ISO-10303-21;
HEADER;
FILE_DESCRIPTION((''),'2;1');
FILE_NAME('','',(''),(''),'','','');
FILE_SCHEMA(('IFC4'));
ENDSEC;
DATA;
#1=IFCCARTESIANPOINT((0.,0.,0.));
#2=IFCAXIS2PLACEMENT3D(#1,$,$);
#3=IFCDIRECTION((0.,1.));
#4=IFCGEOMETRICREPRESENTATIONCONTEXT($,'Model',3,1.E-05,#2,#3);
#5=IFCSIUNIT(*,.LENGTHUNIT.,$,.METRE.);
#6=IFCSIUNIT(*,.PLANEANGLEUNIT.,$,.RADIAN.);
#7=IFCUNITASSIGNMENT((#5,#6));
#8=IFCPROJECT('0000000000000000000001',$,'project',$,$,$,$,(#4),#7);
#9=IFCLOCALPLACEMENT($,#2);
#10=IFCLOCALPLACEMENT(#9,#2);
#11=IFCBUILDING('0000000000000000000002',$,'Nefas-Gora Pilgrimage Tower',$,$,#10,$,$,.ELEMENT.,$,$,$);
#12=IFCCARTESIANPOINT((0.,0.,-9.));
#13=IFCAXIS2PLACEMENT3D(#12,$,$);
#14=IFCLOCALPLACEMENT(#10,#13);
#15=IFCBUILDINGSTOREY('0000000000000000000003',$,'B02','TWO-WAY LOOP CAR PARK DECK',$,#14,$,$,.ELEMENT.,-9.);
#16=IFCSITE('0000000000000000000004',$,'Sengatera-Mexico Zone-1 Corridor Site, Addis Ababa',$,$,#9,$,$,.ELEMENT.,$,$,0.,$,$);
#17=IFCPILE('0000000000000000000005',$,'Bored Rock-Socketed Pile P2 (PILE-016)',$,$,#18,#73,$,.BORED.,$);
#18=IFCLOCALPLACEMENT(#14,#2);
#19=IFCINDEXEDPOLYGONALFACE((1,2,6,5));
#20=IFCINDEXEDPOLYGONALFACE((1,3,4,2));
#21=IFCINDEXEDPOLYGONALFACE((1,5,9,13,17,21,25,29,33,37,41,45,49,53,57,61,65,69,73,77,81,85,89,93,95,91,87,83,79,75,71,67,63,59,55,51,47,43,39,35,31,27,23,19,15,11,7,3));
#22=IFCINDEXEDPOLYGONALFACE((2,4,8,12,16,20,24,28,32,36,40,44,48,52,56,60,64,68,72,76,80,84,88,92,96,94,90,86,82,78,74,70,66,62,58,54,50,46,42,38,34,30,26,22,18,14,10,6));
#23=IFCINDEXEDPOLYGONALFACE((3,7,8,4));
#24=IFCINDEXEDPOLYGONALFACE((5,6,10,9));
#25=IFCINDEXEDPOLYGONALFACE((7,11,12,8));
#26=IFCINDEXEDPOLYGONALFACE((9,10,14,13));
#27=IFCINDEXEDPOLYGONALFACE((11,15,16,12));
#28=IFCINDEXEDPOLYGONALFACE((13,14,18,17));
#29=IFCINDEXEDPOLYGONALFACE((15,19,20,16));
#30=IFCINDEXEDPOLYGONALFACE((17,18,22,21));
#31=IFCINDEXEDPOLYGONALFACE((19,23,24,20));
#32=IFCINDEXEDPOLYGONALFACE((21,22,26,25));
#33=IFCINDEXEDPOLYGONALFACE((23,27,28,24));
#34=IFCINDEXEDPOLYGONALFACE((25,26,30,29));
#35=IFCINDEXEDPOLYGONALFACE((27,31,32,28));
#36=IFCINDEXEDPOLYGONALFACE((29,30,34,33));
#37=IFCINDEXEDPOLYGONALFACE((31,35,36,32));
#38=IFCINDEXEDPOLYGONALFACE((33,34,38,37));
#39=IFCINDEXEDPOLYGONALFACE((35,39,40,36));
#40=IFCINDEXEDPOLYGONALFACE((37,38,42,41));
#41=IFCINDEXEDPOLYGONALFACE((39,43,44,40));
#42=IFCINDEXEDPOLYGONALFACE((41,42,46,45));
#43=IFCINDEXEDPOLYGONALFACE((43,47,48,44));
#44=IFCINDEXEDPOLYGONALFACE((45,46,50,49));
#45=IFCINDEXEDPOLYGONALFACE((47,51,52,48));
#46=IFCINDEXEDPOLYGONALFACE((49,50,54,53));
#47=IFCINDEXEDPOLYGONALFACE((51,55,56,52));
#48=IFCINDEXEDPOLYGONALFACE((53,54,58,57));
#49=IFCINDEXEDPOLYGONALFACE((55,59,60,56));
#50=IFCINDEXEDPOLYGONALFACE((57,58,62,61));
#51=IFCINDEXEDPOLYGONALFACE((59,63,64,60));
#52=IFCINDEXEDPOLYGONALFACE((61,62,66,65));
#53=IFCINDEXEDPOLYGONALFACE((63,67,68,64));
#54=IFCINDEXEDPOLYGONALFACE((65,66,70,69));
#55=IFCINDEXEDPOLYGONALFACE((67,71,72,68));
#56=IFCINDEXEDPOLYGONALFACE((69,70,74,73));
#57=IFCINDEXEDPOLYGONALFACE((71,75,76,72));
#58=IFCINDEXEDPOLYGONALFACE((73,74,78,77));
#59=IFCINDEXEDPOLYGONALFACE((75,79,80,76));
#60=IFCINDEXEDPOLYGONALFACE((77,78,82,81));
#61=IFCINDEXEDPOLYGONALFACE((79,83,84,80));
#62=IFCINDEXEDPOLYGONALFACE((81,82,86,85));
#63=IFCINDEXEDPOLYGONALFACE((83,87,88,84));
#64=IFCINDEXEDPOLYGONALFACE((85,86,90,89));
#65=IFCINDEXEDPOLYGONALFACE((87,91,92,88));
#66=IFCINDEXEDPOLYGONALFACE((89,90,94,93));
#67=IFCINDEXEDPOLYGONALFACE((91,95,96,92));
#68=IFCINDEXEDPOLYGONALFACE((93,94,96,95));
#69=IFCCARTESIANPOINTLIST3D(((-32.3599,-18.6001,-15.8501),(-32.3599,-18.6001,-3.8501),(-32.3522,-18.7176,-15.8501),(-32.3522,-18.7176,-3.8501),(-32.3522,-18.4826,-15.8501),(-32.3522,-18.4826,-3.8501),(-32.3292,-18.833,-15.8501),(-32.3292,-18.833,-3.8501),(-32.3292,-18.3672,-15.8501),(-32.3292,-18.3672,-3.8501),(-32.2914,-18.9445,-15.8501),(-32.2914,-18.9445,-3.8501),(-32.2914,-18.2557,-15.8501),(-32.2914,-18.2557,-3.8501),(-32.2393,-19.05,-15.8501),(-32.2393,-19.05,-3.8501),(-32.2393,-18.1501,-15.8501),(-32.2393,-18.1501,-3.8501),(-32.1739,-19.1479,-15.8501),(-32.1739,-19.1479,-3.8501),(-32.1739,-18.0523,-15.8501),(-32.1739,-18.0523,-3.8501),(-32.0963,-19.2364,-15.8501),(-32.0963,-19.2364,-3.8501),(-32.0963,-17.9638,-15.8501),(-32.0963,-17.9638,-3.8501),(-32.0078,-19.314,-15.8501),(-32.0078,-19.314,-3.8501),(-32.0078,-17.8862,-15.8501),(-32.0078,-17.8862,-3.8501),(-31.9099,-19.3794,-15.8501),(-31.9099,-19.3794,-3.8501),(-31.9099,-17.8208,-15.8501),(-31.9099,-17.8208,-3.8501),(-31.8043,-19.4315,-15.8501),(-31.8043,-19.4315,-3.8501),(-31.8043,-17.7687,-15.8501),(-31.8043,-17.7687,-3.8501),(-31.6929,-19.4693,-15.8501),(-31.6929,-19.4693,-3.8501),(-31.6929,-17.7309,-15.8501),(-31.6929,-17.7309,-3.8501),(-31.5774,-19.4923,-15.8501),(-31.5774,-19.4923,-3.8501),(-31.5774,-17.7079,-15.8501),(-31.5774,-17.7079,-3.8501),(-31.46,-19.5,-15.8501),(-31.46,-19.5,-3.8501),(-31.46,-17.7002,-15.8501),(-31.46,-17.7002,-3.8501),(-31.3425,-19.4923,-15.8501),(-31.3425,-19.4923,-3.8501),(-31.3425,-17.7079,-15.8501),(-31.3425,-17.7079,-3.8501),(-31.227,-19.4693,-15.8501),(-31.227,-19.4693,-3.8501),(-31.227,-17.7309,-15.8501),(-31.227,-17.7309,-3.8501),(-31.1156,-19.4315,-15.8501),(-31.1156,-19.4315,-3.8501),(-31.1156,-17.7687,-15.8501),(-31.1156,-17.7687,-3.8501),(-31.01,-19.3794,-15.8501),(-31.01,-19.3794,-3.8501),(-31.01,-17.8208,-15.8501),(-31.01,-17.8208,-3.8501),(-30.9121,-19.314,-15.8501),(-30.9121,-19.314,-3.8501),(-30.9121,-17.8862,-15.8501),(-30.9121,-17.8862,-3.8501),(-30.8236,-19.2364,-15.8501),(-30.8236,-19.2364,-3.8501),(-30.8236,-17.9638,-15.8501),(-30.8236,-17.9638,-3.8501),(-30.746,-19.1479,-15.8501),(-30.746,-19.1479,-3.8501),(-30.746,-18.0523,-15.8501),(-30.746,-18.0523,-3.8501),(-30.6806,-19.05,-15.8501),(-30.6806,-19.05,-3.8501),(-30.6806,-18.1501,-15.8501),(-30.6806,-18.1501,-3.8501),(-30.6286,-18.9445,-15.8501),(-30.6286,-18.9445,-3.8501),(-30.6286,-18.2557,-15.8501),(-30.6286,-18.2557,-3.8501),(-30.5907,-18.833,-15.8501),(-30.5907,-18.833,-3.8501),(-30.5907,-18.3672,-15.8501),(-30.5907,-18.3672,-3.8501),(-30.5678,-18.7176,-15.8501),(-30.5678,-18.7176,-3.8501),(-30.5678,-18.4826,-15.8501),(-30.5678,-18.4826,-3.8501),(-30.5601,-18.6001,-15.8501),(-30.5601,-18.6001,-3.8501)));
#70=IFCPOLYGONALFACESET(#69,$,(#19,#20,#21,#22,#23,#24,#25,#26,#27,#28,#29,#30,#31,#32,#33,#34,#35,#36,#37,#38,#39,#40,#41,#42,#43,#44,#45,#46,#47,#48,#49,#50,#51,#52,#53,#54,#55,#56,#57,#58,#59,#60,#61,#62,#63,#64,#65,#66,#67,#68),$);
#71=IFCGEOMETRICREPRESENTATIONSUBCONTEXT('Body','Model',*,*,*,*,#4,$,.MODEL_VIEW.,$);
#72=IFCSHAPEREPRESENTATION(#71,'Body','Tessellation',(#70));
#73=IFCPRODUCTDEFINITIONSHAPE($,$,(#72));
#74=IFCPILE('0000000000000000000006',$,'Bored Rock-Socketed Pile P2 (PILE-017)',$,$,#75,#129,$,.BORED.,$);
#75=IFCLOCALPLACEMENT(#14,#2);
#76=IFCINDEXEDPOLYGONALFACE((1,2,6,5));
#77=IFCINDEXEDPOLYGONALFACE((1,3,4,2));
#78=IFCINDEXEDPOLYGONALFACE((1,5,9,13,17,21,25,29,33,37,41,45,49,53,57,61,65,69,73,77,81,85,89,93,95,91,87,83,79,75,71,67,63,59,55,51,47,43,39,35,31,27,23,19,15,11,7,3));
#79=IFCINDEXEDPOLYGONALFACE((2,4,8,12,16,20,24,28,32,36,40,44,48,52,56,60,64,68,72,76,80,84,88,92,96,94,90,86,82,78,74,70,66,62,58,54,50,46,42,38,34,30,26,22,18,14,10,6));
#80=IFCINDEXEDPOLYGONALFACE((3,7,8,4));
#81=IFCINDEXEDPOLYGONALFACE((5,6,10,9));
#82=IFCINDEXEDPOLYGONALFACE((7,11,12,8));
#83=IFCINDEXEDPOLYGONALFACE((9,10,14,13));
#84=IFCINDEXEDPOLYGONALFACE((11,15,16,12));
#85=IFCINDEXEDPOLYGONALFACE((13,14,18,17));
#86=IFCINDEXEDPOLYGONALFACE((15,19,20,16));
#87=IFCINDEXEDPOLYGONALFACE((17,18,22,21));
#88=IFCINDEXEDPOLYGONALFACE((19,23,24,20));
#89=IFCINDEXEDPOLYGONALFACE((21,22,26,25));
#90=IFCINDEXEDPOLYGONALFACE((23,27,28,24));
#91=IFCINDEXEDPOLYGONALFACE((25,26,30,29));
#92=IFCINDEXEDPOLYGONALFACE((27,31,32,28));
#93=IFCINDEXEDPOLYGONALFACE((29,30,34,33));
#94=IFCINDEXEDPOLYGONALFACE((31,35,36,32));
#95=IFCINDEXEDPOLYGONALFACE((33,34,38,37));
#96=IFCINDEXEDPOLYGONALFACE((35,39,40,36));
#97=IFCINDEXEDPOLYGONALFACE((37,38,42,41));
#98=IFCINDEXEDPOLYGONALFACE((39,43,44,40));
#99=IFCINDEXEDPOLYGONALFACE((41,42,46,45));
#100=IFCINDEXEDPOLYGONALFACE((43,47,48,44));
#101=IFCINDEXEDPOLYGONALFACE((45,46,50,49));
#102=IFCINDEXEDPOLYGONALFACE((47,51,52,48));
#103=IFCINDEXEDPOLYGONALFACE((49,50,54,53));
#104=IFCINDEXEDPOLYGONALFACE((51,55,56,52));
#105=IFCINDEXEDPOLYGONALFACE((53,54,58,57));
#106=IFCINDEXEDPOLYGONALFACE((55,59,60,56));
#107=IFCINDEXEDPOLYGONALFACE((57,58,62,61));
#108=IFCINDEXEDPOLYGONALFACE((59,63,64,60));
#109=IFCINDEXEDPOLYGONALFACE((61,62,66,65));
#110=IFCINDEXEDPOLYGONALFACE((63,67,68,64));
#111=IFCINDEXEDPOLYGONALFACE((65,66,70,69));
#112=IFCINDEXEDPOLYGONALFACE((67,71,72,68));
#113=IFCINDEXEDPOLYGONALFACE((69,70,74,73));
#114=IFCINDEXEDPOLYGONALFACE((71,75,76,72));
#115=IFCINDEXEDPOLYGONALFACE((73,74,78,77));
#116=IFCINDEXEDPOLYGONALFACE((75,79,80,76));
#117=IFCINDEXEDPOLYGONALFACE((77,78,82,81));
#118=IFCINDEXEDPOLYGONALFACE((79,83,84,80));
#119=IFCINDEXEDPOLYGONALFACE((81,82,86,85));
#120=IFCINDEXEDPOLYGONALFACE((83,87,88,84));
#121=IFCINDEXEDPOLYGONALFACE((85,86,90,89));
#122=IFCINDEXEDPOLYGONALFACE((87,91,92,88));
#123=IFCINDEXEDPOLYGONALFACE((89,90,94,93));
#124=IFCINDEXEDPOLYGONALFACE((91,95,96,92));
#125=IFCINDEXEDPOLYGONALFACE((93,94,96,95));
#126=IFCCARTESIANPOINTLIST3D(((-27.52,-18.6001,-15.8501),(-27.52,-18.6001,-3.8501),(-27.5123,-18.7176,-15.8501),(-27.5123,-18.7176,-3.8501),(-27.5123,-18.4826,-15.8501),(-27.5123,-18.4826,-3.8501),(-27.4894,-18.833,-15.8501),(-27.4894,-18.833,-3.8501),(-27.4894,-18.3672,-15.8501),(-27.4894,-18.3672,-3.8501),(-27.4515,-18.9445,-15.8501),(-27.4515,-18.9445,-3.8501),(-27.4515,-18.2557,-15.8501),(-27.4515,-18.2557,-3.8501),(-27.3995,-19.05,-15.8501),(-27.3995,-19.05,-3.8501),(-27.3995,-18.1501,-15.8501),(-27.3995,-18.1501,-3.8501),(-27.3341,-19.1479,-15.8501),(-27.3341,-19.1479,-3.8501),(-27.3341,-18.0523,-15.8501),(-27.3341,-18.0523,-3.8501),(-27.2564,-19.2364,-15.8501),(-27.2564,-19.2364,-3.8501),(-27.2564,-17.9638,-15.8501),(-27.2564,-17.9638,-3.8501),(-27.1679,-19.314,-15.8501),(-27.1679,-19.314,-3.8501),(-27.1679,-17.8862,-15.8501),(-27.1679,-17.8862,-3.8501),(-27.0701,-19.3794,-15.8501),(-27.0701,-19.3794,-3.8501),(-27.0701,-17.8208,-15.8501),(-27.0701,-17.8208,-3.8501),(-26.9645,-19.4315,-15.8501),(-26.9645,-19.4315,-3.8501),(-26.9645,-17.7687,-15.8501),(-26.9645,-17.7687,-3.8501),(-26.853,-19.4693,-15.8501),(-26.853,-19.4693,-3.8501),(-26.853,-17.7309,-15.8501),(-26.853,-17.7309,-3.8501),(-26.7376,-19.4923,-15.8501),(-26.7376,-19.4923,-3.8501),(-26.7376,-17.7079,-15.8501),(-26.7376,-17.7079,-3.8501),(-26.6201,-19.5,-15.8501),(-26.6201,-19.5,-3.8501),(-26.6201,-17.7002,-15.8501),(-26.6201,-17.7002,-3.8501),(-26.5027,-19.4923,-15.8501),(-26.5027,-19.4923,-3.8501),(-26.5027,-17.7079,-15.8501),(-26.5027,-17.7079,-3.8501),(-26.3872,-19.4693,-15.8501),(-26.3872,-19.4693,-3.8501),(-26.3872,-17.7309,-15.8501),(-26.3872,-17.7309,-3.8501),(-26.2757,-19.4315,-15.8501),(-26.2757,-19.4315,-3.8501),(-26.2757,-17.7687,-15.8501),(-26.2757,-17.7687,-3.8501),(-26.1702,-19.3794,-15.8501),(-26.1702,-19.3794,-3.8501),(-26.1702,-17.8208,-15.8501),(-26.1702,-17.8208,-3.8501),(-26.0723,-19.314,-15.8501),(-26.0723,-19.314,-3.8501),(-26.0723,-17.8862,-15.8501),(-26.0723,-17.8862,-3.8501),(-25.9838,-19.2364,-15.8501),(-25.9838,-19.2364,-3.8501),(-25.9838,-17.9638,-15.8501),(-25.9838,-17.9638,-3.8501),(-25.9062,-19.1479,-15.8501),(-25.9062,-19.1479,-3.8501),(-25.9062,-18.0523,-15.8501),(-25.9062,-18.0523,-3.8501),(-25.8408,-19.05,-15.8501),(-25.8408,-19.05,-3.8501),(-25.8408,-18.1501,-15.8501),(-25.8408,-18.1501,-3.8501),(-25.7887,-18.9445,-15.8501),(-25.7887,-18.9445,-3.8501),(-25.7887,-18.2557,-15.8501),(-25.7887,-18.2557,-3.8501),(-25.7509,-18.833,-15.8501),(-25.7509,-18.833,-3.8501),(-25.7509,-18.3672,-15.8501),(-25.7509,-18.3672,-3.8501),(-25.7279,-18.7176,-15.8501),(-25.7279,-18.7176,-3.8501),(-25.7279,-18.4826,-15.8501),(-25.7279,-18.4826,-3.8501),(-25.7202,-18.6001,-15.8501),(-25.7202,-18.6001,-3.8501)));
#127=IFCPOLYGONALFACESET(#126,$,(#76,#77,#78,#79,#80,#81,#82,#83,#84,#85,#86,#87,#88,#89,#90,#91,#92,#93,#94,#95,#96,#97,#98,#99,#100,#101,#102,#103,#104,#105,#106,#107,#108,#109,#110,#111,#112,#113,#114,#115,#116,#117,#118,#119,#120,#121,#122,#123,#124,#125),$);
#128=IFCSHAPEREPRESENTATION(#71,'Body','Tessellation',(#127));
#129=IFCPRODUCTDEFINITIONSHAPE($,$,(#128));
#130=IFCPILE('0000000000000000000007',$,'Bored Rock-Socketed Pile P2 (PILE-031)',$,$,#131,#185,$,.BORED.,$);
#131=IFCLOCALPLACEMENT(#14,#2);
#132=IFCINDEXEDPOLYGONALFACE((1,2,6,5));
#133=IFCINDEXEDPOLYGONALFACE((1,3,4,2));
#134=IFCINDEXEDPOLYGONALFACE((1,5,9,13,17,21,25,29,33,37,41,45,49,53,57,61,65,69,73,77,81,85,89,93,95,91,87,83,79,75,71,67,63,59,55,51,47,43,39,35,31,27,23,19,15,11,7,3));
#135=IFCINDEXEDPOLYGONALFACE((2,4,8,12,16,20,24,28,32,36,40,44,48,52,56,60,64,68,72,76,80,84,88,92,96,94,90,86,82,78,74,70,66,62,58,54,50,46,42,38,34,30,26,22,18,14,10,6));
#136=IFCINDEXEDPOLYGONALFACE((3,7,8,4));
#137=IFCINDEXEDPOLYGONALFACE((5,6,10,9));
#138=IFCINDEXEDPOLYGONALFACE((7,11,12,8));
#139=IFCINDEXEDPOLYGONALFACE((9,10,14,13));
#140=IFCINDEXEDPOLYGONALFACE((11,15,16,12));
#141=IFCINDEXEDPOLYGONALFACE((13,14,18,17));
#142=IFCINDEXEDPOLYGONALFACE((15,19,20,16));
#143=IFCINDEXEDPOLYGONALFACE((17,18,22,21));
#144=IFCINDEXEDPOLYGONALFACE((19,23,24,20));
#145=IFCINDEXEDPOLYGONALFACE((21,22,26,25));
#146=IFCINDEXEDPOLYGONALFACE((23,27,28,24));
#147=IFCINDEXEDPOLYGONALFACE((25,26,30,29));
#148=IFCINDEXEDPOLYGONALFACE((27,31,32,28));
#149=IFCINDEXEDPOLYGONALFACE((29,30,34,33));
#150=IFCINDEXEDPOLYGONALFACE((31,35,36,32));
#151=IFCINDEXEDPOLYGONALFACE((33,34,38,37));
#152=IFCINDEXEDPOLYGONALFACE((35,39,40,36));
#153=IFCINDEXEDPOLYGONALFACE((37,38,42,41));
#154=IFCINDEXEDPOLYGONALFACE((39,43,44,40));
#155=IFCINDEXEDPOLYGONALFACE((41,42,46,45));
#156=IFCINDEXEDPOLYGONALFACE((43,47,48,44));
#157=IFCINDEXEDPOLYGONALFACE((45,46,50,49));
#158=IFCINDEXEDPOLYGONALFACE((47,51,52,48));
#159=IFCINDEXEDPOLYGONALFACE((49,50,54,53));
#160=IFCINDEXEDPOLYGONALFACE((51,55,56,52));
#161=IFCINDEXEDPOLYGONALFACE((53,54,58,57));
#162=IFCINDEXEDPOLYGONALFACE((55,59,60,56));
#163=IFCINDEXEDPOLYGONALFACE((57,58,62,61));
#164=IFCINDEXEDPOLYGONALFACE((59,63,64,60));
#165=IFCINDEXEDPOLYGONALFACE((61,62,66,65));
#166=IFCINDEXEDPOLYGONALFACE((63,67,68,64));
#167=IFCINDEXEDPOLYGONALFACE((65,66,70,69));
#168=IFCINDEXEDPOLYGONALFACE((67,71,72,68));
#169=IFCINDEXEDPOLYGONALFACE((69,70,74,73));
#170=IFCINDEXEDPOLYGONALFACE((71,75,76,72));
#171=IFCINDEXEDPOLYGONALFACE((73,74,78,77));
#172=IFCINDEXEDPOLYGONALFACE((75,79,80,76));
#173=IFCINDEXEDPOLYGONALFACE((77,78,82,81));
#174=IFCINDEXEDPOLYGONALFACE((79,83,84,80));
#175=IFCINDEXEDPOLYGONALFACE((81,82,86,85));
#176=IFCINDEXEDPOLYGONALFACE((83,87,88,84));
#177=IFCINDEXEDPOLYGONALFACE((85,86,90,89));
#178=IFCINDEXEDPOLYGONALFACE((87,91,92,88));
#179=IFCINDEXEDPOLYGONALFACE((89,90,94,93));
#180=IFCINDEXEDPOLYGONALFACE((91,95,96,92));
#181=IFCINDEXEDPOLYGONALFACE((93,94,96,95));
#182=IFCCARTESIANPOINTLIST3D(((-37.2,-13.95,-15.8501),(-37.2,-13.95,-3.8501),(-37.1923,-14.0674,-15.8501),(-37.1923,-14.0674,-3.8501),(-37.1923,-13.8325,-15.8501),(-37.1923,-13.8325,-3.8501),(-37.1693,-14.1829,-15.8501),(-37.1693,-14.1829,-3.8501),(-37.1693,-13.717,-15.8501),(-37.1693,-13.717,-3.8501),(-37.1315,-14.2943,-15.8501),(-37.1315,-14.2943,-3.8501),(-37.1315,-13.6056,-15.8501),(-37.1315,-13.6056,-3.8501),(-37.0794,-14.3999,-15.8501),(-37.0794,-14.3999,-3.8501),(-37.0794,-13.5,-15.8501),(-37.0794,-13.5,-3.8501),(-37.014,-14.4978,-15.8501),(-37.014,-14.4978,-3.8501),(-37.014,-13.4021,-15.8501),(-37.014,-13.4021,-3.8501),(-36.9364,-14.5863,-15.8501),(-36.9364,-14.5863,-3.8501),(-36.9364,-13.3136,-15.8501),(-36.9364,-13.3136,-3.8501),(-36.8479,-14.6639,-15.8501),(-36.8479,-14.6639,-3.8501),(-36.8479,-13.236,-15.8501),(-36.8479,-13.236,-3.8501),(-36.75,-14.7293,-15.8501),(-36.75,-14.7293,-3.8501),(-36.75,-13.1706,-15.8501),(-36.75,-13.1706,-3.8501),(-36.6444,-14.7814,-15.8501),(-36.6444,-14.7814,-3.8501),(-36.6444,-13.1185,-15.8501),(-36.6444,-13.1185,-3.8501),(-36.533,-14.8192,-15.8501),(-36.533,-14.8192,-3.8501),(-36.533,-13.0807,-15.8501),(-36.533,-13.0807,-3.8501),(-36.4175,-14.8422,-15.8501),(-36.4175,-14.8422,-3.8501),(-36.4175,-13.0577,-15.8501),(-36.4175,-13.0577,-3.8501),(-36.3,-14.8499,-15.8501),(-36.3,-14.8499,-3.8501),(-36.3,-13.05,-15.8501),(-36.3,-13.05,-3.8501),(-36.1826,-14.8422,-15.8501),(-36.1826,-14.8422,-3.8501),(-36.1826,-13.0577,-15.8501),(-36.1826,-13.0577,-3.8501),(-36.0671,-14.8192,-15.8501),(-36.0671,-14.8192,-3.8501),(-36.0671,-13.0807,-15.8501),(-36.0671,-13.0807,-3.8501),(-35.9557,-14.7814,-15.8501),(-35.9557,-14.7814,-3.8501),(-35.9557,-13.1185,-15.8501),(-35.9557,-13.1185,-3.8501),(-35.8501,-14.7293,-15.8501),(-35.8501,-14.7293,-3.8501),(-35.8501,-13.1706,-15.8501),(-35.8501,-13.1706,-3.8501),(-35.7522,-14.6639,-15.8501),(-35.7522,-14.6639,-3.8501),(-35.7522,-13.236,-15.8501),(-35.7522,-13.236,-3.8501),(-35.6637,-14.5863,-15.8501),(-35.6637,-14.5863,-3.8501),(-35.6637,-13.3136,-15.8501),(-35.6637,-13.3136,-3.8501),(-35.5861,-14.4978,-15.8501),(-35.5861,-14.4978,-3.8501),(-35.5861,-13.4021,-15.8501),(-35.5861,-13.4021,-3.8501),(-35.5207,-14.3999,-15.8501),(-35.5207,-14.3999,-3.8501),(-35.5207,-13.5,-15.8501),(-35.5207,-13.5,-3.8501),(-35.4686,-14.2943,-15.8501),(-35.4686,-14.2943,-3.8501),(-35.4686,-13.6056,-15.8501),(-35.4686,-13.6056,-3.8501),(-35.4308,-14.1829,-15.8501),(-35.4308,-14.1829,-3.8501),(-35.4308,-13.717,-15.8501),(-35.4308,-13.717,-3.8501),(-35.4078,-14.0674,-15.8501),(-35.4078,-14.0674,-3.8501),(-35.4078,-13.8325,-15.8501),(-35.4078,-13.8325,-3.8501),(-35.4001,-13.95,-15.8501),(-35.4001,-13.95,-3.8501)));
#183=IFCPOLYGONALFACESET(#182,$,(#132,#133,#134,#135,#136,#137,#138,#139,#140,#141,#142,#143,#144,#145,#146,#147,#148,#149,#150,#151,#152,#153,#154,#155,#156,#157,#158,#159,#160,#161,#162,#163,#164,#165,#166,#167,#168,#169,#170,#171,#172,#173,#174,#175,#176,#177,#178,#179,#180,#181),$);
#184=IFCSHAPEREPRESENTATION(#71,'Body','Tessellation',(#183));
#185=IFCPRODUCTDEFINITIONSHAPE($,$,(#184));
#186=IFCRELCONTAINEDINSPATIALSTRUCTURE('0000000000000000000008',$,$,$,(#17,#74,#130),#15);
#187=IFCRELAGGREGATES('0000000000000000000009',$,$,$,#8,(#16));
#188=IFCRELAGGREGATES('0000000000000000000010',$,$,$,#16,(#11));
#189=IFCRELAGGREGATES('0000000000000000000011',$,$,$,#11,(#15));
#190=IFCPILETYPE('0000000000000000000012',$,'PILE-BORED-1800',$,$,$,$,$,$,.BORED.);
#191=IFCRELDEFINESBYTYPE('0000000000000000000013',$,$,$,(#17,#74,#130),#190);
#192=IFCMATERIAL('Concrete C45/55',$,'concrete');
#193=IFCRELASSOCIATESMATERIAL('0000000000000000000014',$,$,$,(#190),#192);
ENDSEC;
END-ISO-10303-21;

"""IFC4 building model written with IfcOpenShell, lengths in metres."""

from ifc_helpers import new_model, si_unit, direction, frame, origin, origin_2d, place, context, subcontext, project, spatial, circle, extrude, source, transform, mapped, material, material_profile, profile_set, type_object, element, save


model = new_model("IFC4")

# Units and contexts
model_context = context("Model", 3, precision=1e-05, world=origin(), true_north=direction((0.0, 1.0)))
body_context = subcontext(model_context, "Body", "Model", "MODEL_VIEW")
ifc_project = project(units=[si_unit("LENGTHUNIT", "METRE"), si_unit("PLANEANGLEUNIT", "RADIAN")], contexts=[model_context])

# Site, building, storey
site_placement = place(None, origin())
site = spatial("IfcSite", under=ifc_project, at=site_placement, Name="Sengatera-Mexico Zone-1 Corridor Site, Addis Ababa", CompositionType="ELEMENT", RefElevation=0.0)
building_placement = place(site_placement, origin())
building = spatial("IfcBuilding", under=site, at=building_placement, Name="Nefas-Gora Pilgrimage Tower", CompositionType="ELEMENT")
storey_placement = place(building_placement, frame((0.0, 0.0, -9.0)))
storey = spatial("IfcBuildingStorey", under=building, at=storey_placement, Name="B02", Description="TWO-WAY LOOP CAR PARK DECK", CompositionType="ELEMENT", Elevation=-9.0)

# Piles
ifc_material_1 = material(Name="Concrete C45/55", Category="concrete")
ifc_material_profile_1 = material_profile(ifc_material_1, circle(Radius=0.8999, at=origin_2d()), Name="PILE D1800")
ifc_profile_set_1 = profile_set([ifc_material_profile_1], Name="Concrete C45/55")
pile_type_1 = type_object("IfcPileType", Name="PILE-BORED-1800", PredefinedType="BORED", material=ifc_profile_set_1)
shared_shape_1 = source(origin(), body_context, "Body", "SweptSolid", [
    extrude(circle(Radius=0.8999, at=origin_2d()), origin(), (0.0, 0.0, 1.0), 12.0),
])
for number, where, z_axis, x_axis, name in (
    (1, (-31.46, -18.6001, -3.8501), (0.0, 0.0, -1.0), (1.0, 0.0, 0.0), "Bored Rock-Socketed Pile P2 (PILE-016)"),
    (2, (-26.6201, -18.6001, -3.8501), (0.0, 0.0, -1.0), (1.0, 0.0, 0.0), "Bored Rock-Socketed Pile P2 (PILE-017)"),
    (3, (-36.3, -13.95, -3.8501), (0.0, 0.0, -1.0), (1.0, 0.0, 0.0), "Bored Rock-Socketed Pile P2 (PILE-031)"),
):
    element("IfcPile", number, at=place(storey_placement, frame(where, z_axis=z_axis, x_axis=x_axis)), inside=storey, type_object=pile_type_1, Name=name, PredefinedType="BORED", context=body_context, shape_type="MappedRepresentation", body=[
        mapped(shared_shape_1, transform((0.0, 0.0, 0.0), x_axis=(1.0, 0.0, 0.0), y_axis=(0.0, 1.0, 0.0), z_axis=(0.0, 0.0, 1.0), scale=1.0)),
    ])

save(model, "model.ifc")
